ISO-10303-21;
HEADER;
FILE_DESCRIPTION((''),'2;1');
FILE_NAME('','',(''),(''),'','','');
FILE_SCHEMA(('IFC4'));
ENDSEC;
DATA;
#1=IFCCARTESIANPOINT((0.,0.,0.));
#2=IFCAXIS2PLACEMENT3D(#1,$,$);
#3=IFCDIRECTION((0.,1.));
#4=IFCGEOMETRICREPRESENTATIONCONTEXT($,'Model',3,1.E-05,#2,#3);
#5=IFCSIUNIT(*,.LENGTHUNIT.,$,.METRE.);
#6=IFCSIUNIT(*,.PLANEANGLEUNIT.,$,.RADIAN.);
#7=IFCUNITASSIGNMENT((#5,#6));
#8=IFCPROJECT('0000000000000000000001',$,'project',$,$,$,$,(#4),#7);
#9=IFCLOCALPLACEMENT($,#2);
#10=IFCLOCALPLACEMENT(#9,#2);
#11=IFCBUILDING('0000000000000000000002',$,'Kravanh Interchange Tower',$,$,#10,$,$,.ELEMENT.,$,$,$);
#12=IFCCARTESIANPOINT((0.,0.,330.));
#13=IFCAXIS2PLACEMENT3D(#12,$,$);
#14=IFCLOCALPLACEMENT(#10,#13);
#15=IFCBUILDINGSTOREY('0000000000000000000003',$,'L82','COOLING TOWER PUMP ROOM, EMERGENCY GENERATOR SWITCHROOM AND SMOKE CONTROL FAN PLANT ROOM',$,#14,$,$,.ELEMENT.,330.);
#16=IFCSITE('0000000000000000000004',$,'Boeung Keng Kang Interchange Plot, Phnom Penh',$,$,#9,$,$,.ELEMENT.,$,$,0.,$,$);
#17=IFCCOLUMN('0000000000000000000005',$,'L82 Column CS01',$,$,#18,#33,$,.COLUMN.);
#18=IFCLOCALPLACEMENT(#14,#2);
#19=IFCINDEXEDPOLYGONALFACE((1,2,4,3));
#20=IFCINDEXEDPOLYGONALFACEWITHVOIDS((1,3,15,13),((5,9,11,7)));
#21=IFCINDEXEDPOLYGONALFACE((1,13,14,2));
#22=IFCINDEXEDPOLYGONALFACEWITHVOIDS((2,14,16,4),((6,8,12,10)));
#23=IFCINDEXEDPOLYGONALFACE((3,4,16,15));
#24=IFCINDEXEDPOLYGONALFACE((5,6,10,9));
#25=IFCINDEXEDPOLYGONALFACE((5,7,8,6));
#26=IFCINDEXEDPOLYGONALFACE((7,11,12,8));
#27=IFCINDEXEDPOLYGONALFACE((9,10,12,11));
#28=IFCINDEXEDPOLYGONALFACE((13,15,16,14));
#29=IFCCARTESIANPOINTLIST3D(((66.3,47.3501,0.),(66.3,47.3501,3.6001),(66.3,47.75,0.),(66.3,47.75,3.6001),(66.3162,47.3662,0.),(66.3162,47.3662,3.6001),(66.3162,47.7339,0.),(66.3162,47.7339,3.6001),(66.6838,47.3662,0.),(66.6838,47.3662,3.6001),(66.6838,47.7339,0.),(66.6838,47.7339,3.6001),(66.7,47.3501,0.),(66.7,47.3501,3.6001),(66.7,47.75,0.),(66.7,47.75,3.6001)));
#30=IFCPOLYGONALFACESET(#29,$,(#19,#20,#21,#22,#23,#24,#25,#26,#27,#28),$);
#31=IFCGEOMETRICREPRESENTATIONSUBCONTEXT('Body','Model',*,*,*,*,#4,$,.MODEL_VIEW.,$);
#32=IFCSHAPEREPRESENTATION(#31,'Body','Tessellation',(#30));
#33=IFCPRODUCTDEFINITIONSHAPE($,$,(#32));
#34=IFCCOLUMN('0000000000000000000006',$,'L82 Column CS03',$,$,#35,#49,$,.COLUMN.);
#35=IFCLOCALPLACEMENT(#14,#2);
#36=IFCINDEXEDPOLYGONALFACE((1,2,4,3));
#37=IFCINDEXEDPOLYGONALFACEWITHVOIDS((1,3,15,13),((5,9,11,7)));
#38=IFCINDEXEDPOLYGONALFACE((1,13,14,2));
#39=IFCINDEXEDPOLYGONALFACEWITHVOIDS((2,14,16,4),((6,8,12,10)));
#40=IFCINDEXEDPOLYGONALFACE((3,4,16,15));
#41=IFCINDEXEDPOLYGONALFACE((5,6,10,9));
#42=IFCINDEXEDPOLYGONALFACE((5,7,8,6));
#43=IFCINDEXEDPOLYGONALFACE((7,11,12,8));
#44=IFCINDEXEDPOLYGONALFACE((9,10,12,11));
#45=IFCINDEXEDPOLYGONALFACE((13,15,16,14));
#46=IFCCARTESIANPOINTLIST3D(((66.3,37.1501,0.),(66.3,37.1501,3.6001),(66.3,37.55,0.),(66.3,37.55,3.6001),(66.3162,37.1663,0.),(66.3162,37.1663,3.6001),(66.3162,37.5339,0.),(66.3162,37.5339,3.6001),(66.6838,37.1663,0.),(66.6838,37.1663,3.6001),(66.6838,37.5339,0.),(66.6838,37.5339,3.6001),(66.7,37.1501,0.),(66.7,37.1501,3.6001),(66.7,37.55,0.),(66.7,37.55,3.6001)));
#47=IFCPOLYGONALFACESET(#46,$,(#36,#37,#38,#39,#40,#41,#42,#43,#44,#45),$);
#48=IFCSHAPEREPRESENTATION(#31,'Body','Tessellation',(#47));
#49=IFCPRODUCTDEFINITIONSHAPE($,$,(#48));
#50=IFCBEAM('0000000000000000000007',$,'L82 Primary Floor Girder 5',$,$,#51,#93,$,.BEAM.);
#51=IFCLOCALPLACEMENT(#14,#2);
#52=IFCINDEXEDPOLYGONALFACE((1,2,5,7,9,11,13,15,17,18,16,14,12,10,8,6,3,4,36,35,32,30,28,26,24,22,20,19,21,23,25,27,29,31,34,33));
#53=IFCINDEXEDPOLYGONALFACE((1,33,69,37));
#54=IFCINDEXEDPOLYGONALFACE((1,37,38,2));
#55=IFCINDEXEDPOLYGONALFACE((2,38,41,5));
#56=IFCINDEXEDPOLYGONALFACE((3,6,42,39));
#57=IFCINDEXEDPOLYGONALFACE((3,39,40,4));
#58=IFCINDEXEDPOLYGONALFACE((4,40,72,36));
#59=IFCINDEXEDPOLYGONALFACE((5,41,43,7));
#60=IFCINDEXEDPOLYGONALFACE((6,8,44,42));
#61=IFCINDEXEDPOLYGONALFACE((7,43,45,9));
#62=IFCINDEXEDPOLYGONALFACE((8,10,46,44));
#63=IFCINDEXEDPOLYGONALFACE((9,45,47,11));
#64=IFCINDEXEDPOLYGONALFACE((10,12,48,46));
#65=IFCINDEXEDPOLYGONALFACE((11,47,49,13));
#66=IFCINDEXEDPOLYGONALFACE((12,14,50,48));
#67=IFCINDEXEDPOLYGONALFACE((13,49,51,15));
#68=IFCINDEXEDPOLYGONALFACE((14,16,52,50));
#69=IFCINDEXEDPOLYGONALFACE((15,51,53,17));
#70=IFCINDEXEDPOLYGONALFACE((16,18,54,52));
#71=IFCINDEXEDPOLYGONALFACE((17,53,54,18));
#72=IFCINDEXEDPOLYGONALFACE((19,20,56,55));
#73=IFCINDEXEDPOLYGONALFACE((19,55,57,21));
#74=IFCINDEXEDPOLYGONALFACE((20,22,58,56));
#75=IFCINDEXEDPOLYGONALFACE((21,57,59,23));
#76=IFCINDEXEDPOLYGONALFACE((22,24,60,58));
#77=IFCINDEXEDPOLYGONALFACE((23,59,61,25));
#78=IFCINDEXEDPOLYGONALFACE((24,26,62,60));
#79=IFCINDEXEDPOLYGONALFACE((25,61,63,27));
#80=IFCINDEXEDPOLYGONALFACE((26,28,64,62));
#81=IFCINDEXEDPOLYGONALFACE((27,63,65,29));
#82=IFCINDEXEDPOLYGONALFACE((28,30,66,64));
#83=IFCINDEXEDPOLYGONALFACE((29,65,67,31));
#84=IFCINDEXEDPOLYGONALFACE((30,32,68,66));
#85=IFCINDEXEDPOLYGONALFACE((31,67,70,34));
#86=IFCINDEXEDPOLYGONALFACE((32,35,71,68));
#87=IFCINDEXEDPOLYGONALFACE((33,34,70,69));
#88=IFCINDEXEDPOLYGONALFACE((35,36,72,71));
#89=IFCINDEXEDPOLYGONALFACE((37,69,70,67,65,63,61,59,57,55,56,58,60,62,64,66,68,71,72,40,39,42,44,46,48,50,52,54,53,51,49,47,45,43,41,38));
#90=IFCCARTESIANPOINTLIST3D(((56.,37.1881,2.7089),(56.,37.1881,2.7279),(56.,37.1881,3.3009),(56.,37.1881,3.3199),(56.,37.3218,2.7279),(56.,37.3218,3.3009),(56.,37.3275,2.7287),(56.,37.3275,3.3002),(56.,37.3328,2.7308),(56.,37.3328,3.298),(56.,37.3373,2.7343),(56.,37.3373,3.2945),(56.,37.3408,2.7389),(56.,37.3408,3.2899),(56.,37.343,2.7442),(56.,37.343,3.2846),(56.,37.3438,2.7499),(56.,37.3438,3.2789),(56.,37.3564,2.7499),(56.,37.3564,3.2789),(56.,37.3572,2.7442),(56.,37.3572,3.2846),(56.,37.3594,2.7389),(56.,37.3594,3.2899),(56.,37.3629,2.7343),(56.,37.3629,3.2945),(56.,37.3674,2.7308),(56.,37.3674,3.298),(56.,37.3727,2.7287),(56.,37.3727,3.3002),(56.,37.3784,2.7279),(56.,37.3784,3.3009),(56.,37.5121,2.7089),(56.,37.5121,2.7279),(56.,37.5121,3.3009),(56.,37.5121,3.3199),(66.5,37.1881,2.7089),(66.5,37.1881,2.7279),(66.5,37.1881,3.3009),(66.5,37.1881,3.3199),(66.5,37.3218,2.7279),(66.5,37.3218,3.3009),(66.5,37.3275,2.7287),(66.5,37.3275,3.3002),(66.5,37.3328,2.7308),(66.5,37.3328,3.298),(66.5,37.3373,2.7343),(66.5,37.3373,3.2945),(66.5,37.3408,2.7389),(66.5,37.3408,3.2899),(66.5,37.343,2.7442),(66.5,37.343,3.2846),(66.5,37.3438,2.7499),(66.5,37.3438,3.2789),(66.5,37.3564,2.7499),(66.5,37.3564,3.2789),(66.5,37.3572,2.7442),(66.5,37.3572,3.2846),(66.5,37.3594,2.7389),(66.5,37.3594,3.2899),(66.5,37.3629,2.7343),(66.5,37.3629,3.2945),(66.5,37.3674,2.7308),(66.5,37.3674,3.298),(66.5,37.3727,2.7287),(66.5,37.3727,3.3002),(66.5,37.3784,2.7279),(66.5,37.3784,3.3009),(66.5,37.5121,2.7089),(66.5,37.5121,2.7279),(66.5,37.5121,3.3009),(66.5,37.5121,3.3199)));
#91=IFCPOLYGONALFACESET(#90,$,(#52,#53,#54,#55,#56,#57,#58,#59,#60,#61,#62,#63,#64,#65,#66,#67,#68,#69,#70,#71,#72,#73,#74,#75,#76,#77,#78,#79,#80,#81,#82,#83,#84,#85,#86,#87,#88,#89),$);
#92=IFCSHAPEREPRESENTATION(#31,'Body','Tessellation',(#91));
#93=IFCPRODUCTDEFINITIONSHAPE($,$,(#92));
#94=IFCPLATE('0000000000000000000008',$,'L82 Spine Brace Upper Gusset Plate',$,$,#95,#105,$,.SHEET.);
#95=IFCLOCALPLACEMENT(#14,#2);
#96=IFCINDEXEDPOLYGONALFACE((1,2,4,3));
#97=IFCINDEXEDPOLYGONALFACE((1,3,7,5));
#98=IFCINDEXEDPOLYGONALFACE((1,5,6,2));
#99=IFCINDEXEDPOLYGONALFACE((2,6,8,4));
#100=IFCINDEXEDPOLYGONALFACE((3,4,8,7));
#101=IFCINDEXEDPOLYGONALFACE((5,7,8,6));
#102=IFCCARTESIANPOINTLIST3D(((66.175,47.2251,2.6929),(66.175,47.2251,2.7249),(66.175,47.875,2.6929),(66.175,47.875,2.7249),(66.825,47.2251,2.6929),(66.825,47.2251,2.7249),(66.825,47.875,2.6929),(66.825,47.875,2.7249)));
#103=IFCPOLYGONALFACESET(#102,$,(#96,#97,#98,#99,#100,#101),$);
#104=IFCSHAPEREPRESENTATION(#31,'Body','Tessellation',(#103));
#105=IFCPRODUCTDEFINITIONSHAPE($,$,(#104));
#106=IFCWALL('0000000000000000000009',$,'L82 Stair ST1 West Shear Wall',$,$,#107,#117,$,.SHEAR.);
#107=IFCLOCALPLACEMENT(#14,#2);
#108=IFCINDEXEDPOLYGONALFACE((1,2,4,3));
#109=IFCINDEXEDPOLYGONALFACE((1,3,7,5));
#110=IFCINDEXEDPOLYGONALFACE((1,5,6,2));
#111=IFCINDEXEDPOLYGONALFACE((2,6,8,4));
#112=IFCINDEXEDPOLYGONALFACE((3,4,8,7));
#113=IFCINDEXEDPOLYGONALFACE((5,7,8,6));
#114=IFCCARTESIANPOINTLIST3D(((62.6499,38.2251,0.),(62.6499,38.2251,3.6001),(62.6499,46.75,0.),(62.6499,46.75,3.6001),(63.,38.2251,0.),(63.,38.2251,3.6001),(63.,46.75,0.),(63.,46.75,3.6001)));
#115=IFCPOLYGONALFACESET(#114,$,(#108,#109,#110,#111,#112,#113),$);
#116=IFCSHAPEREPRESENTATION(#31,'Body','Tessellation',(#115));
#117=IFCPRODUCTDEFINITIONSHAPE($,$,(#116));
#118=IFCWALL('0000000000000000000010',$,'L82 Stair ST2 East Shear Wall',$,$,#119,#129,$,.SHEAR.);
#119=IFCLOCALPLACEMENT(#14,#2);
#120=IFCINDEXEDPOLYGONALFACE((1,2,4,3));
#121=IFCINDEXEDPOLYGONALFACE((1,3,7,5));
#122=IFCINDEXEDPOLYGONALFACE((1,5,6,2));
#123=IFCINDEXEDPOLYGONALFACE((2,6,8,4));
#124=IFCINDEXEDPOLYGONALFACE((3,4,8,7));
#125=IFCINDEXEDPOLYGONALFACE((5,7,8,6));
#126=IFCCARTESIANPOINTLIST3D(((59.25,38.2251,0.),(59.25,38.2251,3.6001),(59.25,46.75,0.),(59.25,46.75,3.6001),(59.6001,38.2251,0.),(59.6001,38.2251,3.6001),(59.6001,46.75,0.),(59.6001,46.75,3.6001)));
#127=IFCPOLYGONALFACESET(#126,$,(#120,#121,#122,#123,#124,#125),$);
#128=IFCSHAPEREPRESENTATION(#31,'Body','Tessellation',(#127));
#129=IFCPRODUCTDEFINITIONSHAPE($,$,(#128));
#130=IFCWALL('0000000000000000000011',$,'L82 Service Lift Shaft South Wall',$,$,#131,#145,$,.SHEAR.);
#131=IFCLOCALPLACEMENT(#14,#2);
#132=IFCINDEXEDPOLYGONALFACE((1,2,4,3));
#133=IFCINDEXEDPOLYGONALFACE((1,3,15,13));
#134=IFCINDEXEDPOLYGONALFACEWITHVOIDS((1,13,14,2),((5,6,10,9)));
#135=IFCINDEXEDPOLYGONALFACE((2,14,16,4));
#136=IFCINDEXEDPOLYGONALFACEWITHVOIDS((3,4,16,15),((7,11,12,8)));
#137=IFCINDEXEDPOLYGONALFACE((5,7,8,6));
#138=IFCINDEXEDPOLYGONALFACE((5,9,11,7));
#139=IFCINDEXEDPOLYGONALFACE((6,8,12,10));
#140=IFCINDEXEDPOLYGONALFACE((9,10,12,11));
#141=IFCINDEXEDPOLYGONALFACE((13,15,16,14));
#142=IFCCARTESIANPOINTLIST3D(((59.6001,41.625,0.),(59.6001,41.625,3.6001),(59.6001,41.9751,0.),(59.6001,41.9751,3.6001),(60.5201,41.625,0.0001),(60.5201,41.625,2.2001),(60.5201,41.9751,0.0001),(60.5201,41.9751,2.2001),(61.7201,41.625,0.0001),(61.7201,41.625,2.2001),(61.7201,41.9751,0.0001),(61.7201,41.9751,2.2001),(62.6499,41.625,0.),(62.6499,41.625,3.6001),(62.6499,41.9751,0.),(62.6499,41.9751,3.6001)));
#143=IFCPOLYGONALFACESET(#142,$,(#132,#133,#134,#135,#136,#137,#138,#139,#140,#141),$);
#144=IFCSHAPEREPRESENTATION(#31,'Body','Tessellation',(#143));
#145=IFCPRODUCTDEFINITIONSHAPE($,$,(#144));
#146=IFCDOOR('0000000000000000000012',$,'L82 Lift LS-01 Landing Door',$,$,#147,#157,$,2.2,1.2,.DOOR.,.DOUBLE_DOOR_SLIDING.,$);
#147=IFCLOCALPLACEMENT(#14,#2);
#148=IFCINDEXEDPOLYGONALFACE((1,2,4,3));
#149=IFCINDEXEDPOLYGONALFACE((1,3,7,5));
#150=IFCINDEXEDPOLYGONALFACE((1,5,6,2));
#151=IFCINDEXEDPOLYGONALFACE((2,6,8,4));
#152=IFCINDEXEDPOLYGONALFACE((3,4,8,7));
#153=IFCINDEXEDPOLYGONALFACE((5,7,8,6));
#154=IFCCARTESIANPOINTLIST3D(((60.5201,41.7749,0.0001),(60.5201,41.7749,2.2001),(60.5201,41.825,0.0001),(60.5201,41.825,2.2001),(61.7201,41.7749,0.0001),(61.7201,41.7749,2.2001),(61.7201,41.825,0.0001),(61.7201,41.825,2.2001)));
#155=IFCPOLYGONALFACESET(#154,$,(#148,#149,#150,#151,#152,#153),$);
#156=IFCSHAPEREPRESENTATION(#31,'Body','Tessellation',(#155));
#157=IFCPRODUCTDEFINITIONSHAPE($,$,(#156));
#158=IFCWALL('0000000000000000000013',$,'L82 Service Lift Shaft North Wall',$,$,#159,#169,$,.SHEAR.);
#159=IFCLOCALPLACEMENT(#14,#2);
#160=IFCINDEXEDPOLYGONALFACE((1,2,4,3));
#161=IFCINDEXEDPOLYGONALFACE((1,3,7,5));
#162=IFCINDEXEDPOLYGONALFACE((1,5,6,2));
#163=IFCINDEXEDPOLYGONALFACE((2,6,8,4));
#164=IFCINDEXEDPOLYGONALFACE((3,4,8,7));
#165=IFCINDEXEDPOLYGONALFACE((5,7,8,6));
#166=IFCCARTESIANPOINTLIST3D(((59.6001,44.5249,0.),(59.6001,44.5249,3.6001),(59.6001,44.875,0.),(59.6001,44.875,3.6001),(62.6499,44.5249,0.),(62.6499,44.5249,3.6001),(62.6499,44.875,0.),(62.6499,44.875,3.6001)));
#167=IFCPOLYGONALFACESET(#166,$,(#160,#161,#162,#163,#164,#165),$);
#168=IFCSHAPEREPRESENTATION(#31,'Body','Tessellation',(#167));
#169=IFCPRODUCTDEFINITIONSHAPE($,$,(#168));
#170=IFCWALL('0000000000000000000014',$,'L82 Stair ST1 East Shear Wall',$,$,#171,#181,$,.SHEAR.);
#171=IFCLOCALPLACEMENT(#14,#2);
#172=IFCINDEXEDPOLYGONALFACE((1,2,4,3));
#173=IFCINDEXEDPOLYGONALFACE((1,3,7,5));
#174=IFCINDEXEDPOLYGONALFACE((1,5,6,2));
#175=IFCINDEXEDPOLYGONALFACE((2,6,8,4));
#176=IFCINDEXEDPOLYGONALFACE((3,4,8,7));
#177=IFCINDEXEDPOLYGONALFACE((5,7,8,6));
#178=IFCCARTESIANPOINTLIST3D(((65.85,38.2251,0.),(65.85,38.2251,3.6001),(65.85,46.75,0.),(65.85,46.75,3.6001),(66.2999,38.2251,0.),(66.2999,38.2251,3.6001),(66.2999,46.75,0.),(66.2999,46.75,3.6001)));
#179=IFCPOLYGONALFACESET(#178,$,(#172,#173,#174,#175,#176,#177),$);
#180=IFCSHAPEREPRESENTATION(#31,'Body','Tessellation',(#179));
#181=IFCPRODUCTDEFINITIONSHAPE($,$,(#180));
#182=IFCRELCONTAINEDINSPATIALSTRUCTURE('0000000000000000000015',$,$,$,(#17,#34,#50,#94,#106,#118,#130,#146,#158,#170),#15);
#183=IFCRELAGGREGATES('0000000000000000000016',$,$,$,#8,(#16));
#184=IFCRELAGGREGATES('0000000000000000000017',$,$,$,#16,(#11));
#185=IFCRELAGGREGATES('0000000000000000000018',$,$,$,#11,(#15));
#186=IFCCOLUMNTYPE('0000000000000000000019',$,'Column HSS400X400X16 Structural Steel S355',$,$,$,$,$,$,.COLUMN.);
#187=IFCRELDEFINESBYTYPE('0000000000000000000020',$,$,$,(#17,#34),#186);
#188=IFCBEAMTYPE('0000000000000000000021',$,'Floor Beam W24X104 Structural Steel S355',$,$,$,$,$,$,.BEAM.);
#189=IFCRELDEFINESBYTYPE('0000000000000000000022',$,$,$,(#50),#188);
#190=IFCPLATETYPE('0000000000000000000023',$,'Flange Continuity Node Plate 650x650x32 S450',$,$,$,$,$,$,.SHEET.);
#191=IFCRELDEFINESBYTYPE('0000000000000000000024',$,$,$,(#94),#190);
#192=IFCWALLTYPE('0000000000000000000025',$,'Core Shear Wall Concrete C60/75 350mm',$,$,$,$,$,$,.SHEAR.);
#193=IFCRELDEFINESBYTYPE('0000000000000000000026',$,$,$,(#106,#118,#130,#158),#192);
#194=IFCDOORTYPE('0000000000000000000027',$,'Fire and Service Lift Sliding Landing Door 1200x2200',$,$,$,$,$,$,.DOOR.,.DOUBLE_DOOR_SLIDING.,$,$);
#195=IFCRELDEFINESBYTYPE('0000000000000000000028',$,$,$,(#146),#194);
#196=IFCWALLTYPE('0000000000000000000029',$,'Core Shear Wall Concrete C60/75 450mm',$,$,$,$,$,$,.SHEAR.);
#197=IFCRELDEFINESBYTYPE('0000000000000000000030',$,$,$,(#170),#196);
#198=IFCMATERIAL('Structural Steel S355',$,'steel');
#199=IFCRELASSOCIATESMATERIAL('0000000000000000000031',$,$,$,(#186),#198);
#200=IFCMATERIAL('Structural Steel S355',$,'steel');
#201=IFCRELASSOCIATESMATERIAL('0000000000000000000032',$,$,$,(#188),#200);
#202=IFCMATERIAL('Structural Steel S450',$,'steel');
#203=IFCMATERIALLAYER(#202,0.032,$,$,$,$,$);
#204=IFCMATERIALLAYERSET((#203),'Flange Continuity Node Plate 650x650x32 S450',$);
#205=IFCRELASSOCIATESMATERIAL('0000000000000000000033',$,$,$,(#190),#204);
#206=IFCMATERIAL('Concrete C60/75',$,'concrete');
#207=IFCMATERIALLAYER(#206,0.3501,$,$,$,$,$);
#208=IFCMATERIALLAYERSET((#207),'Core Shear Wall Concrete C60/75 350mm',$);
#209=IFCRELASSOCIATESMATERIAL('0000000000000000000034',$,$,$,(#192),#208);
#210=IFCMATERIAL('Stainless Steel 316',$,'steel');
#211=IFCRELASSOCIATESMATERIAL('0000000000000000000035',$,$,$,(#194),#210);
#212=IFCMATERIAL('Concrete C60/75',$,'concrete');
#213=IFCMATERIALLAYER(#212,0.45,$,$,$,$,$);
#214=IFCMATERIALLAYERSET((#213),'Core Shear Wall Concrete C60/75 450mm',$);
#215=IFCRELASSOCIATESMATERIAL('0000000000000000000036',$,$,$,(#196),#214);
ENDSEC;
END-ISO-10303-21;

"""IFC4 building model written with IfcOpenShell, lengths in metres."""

from ifc_helpers import new_model, si_unit, direction, frame, frame_2d, origin, origin_2d, place, context, subcontext, project, spatial, rectangle, hollow_rectangle, i_section, extrude, material, layer, layer_set, material_profile, profile_set, type_object, element, fill, save


model = new_model("IFC4")

# Units and contexts
model_context = context("Model", 3, precision=1e-05, world=origin(), true_north=direction((0.0, 1.0)))
body_context = subcontext(model_context, "Body", "Model", "MODEL_VIEW")
ifc_project = project(units=[si_unit("LENGTHUNIT", "METRE"), si_unit("PLANEANGLEUNIT", "RADIAN")], contexts=[model_context])

# Site, building, storey
site_placement = place(None, origin())
site = spatial("IfcSite", under=ifc_project, at=site_placement, Name="Boeung Keng Kang Interchange Plot, Phnom Penh", CompositionType="ELEMENT", RefElevation=0.0)
building_placement = place(site_placement, origin())
building = spatial("IfcBuilding", under=site, at=building_placement, Name="Kravanh Interchange Tower", CompositionType="ELEMENT")
storey_placement = place(building_placement, frame((0.0, 0.0, 330.0)))
storey = spatial("IfcBuildingStorey", under=building, at=storey_placement, Name="L82", Description="COOLING TOWER PUMP ROOM, EMERGENCY GENERATOR SWITCHROOM AND SMOKE CONTROL FAN PLANT ROOM", CompositionType="ELEMENT", Elevation=330.0)

# Columns
ifc_material_1 = material(Name="Structural Steel S355", Category="steel")
ifc_material_profile_1 = material_profile(ifc_material_1, hollow_rectangle(XDim=0.3999, YDim=0.3999, WallThickness=0.0161, at=origin_2d()), Name="HSS400X400X16")
ifc_profile_set_1 = profile_set([ifc_material_profile_1], Name="Structural Steel S355")
column_type = type_object("IfcColumnType", Name="Column HSS400X400X16 Structural Steel S355", PredefinedType="COLUMN", material=ifc_profile_set_1)
for number, where, z_axis, x_axis, name in (
    (1, (66.5, 47.55, 0.0), (0.0, 0.0, 1.0), (1.0, 0.0, 0.0), "L82 Column CS01"),
    (2, (66.5, 37.3501, 0.0), (0.0, 0.0, 1.0), (1.0, 0.0, 0.0), "L82 Column CS03"),
):
    element("IfcColumn", number, at=place(storey_placement, frame(where, z_axis=z_axis, x_axis=x_axis)), inside=storey, type_object=column_type, Name=name, PredefinedType="COLUMN", context=body_context, shape_type="SweptSolid", body=[
        extrude(hollow_rectangle(XDim=0.3999, YDim=0.3999, WallThickness=0.0161, at=origin_2d()), origin(), (0.0, 0.0, 1.0), 3.6001),
    ])

# Beam
ifc_material_2 = material(Name="Structural Steel S355", Category="steel")
ifc_material_profile_2 = material_profile(ifc_material_2, i_section(OverallWidth=0.324, OverallDepth=0.6111, WebThickness=0.0127, FlangeThickness=0.019, FilletRadius=0.022, at=origin_2d()), Name="W24X104")
ifc_profile_set_2 = profile_set([ifc_material_profile_2], Name="Structural Steel S355")
beam_type = type_object("IfcBeamType", Name="Floor Beam W24X104 Structural Steel S355", PredefinedType="BEAM", material=ifc_profile_set_2)
beam_placement = place(storey_placement, frame((66.5, 37.3501, 3.0144), z_axis=(-1.0, 0.0, 0.0), x_axis=(0.0, -1.0, 0.0)))
element("IfcBeam", 3, at=beam_placement, inside=storey, type_object=beam_type, Name="L82 Primary Floor Girder 5", PredefinedType="BEAM", context=body_context, shape_type="SweptSolid", body=[
    extrude(i_section(OverallWidth=0.324, OverallDepth=0.6111, WebThickness=0.0127, FlangeThickness=0.019, FilletRadius=0.022, at=origin_2d()), origin(), (0.0, 0.0, 1.0), 10.5),
])

# Plate
ifc_material_3 = material(Name="Structural Steel S450", Category="steel")
ifc_layer_1 = layer(ifc_material_3, 0.032)
ifc_layer_set_1 = layer_set([ifc_layer_1], Name="Flange Continuity Node Plate 650x650x32 S450")
plate_type = type_object("IfcPlateType", Name="Flange Continuity Node Plate 650x650x32 S450", PredefinedType="SHEET", material=ifc_layer_set_1)
plate_placement = place(storey_placement, frame((66.5, 47.55, 2.6929), z_axis=(0.0, 0.0, 1.0), x_axis=(1.0, 0.0, 0.0)))
element("IfcPlate", 4, at=plate_placement, inside=storey, type_object=plate_type, Name="L82 Spine Brace Upper Gusset Plate", PredefinedType="SHEET", context=body_context, shape_type="SweptSolid", body=[
    extrude(rectangle(XDim=0.6499, YDim=0.6499, at=origin_2d()), origin(), (0.0, 0.0, 1.0), 0.032),
])

# Walls
ifc_material_4 = material(Name="Concrete C60/75", Category="concrete")
ifc_layer_2 = layer(ifc_material_4, 0.3501)
ifc_layer_set_2 = layer_set([ifc_layer_2], Name="Core Shear Wall Concrete C60/75 350mm")
wall_type_1 = type_object("IfcWallType", Name="Core Shear Wall Concrete C60/75 350mm", PredefinedType="SHEAR", material=ifc_layer_set_2)
for number, where, z_axis, x_axis, name in (
    (5, (62.825, 38.2251, 0.0), (0.0, 0.0, 1.0), (0.0, 1.0, 0.0), "L82 Stair ST1 West Shear Wall"),
    (6, (59.425, 38.2251, 0.0), (0.0, 0.0, 1.0), (0.0, 1.0, 0.0), "L82 Stair ST2 East Shear Wall"),
):
    element("IfcWall", number, at=place(storey_placement, frame(where, z_axis=z_axis, x_axis=x_axis)), inside=storey, type_object=wall_type_1, Name=name, PredefinedType="SHEAR", context=body_context, shape_type="SweptSolid", body=[
        extrude(rectangle(XDim=8.5249, YDim=0.3501, at=frame_2d((4.2625, 0.0))), origin(), (0.0, 0.0, 1.0), 3.6001),
    ])

# Wall, opening, door
wall_1_placement = place(storey_placement, frame((59.6001, 41.8, 0.0), z_axis=(0.0, 0.0, 1.0), x_axis=(1.0, 0.0, 0.0)))
wall_1 = element("IfcWall", 7, at=wall_1_placement, inside=storey, type_object=wall_type_1, Name="L82 Service Lift Shaft South Wall", PredefinedType="SHEAR", context=body_context, shape_type="SweptSolid", body=[
    extrude(rectangle(XDim=3.0498, YDim=0.3501, at=frame_2d((1.5249, 0.0))), origin(), (0.0, 0.0, 1.0), 3.6001),
])
opening_placement = place(wall_1_placement, frame((0.9199, 0.0, 0.0)))
opening = element("IfcOpeningElement", 8, at=opening_placement, cuts=wall_1, PredefinedType="OPENING", context=body_context, shape_type="SweptSolid", body=[
    extrude(rectangle(XDim=1.2, YDim=2.2, at=frame_2d((0.6001, 1.1001))), frame((0.0, 0.1851, 0.0), z_axis=(0.0, -1.0, 0.0), x_axis=(1.0, 0.0, 0.0)), (0.0, 0.0, 1.0), 0.3701),
])
ifc_material_5 = material(Name="Stainless Steel 316", Category="steel")
door_type = type_object("IfcDoorType", Name="Fire and Service Lift Sliding Landing Door 1200x2200", OperationType="DOUBLE_DOOR_SLIDING", PredefinedType="DOOR", material=ifc_material_5)
door_placement = place(opening_placement, origin())
door = element("IfcDoor", 9, at=door_placement, inside=storey, type_object=door_type, Name="L82 Lift LS-01 Landing Door", OperationType="DOUBLE_DOOR_SLIDING", OverallHeight=2.2, OverallWidth=1.2, PredefinedType="DOOR", context=body_context, shape_type="SweptSolid", body=[
    extrude(rectangle(XDim=1.2, YDim=2.2, at=frame_2d((0.6001, 1.1001))), frame((0.0, 0.0249, 0.0), z_axis=(0.0, -1.0, 0.0), x_axis=(1.0, 0.0, 0.0)), (0.0, 0.0, 1.0), 0.05),
])
fill(opening, door)

# Walls
wall_2_placement = place(storey_placement, frame((59.6001, 44.7, 0.0), z_axis=(0.0, 0.0, 1.0), x_axis=(1.0, 0.0, 0.0)))
element("IfcWall", 10, at=wall_2_placement, inside=storey, type_object=wall_type_1, Name="L82 Service Lift Shaft North Wall", PredefinedType="SHEAR", context=body_context, shape_type="SweptSolid", body=[
    extrude(rectangle(XDim=3.0498, YDim=0.3501, at=frame_2d((1.5249, 0.0))), origin(), (0.0, 0.0, 1.0), 3.6001),
])
ifc_material_6 = material(Name="Concrete C60/75", Category="concrete")
ifc_layer_3 = layer(ifc_material_6, 0.45)
ifc_layer_set_3 = layer_set([ifc_layer_3], Name="Core Shear Wall Concrete C60/75 450mm")
wall_type_2 = type_object("IfcWallType", Name="Core Shear Wall Concrete C60/75 450mm", PredefinedType="SHEAR", material=ifc_layer_set_3)
wall_3_placement = place(storey_placement, frame((66.075, 38.2251, 0.0), z_axis=(0.0, 0.0, 1.0), x_axis=(0.0, 1.0, 0.0)))
element("IfcWall", 11, at=wall_3_placement, inside=storey, type_object=wall_type_2, Name="L82 Stair ST1 East Shear Wall", PredefinedType="SHEAR", context=body_context, shape_type="SweptSolid", body=[
    extrude(rectangle(XDim=8.5249, YDim=0.45, at=frame_2d((4.2625, 0.0))), origin(), (0.0, 0.0, 1.0), 3.6001),
])

save(model, "model.ifc")
